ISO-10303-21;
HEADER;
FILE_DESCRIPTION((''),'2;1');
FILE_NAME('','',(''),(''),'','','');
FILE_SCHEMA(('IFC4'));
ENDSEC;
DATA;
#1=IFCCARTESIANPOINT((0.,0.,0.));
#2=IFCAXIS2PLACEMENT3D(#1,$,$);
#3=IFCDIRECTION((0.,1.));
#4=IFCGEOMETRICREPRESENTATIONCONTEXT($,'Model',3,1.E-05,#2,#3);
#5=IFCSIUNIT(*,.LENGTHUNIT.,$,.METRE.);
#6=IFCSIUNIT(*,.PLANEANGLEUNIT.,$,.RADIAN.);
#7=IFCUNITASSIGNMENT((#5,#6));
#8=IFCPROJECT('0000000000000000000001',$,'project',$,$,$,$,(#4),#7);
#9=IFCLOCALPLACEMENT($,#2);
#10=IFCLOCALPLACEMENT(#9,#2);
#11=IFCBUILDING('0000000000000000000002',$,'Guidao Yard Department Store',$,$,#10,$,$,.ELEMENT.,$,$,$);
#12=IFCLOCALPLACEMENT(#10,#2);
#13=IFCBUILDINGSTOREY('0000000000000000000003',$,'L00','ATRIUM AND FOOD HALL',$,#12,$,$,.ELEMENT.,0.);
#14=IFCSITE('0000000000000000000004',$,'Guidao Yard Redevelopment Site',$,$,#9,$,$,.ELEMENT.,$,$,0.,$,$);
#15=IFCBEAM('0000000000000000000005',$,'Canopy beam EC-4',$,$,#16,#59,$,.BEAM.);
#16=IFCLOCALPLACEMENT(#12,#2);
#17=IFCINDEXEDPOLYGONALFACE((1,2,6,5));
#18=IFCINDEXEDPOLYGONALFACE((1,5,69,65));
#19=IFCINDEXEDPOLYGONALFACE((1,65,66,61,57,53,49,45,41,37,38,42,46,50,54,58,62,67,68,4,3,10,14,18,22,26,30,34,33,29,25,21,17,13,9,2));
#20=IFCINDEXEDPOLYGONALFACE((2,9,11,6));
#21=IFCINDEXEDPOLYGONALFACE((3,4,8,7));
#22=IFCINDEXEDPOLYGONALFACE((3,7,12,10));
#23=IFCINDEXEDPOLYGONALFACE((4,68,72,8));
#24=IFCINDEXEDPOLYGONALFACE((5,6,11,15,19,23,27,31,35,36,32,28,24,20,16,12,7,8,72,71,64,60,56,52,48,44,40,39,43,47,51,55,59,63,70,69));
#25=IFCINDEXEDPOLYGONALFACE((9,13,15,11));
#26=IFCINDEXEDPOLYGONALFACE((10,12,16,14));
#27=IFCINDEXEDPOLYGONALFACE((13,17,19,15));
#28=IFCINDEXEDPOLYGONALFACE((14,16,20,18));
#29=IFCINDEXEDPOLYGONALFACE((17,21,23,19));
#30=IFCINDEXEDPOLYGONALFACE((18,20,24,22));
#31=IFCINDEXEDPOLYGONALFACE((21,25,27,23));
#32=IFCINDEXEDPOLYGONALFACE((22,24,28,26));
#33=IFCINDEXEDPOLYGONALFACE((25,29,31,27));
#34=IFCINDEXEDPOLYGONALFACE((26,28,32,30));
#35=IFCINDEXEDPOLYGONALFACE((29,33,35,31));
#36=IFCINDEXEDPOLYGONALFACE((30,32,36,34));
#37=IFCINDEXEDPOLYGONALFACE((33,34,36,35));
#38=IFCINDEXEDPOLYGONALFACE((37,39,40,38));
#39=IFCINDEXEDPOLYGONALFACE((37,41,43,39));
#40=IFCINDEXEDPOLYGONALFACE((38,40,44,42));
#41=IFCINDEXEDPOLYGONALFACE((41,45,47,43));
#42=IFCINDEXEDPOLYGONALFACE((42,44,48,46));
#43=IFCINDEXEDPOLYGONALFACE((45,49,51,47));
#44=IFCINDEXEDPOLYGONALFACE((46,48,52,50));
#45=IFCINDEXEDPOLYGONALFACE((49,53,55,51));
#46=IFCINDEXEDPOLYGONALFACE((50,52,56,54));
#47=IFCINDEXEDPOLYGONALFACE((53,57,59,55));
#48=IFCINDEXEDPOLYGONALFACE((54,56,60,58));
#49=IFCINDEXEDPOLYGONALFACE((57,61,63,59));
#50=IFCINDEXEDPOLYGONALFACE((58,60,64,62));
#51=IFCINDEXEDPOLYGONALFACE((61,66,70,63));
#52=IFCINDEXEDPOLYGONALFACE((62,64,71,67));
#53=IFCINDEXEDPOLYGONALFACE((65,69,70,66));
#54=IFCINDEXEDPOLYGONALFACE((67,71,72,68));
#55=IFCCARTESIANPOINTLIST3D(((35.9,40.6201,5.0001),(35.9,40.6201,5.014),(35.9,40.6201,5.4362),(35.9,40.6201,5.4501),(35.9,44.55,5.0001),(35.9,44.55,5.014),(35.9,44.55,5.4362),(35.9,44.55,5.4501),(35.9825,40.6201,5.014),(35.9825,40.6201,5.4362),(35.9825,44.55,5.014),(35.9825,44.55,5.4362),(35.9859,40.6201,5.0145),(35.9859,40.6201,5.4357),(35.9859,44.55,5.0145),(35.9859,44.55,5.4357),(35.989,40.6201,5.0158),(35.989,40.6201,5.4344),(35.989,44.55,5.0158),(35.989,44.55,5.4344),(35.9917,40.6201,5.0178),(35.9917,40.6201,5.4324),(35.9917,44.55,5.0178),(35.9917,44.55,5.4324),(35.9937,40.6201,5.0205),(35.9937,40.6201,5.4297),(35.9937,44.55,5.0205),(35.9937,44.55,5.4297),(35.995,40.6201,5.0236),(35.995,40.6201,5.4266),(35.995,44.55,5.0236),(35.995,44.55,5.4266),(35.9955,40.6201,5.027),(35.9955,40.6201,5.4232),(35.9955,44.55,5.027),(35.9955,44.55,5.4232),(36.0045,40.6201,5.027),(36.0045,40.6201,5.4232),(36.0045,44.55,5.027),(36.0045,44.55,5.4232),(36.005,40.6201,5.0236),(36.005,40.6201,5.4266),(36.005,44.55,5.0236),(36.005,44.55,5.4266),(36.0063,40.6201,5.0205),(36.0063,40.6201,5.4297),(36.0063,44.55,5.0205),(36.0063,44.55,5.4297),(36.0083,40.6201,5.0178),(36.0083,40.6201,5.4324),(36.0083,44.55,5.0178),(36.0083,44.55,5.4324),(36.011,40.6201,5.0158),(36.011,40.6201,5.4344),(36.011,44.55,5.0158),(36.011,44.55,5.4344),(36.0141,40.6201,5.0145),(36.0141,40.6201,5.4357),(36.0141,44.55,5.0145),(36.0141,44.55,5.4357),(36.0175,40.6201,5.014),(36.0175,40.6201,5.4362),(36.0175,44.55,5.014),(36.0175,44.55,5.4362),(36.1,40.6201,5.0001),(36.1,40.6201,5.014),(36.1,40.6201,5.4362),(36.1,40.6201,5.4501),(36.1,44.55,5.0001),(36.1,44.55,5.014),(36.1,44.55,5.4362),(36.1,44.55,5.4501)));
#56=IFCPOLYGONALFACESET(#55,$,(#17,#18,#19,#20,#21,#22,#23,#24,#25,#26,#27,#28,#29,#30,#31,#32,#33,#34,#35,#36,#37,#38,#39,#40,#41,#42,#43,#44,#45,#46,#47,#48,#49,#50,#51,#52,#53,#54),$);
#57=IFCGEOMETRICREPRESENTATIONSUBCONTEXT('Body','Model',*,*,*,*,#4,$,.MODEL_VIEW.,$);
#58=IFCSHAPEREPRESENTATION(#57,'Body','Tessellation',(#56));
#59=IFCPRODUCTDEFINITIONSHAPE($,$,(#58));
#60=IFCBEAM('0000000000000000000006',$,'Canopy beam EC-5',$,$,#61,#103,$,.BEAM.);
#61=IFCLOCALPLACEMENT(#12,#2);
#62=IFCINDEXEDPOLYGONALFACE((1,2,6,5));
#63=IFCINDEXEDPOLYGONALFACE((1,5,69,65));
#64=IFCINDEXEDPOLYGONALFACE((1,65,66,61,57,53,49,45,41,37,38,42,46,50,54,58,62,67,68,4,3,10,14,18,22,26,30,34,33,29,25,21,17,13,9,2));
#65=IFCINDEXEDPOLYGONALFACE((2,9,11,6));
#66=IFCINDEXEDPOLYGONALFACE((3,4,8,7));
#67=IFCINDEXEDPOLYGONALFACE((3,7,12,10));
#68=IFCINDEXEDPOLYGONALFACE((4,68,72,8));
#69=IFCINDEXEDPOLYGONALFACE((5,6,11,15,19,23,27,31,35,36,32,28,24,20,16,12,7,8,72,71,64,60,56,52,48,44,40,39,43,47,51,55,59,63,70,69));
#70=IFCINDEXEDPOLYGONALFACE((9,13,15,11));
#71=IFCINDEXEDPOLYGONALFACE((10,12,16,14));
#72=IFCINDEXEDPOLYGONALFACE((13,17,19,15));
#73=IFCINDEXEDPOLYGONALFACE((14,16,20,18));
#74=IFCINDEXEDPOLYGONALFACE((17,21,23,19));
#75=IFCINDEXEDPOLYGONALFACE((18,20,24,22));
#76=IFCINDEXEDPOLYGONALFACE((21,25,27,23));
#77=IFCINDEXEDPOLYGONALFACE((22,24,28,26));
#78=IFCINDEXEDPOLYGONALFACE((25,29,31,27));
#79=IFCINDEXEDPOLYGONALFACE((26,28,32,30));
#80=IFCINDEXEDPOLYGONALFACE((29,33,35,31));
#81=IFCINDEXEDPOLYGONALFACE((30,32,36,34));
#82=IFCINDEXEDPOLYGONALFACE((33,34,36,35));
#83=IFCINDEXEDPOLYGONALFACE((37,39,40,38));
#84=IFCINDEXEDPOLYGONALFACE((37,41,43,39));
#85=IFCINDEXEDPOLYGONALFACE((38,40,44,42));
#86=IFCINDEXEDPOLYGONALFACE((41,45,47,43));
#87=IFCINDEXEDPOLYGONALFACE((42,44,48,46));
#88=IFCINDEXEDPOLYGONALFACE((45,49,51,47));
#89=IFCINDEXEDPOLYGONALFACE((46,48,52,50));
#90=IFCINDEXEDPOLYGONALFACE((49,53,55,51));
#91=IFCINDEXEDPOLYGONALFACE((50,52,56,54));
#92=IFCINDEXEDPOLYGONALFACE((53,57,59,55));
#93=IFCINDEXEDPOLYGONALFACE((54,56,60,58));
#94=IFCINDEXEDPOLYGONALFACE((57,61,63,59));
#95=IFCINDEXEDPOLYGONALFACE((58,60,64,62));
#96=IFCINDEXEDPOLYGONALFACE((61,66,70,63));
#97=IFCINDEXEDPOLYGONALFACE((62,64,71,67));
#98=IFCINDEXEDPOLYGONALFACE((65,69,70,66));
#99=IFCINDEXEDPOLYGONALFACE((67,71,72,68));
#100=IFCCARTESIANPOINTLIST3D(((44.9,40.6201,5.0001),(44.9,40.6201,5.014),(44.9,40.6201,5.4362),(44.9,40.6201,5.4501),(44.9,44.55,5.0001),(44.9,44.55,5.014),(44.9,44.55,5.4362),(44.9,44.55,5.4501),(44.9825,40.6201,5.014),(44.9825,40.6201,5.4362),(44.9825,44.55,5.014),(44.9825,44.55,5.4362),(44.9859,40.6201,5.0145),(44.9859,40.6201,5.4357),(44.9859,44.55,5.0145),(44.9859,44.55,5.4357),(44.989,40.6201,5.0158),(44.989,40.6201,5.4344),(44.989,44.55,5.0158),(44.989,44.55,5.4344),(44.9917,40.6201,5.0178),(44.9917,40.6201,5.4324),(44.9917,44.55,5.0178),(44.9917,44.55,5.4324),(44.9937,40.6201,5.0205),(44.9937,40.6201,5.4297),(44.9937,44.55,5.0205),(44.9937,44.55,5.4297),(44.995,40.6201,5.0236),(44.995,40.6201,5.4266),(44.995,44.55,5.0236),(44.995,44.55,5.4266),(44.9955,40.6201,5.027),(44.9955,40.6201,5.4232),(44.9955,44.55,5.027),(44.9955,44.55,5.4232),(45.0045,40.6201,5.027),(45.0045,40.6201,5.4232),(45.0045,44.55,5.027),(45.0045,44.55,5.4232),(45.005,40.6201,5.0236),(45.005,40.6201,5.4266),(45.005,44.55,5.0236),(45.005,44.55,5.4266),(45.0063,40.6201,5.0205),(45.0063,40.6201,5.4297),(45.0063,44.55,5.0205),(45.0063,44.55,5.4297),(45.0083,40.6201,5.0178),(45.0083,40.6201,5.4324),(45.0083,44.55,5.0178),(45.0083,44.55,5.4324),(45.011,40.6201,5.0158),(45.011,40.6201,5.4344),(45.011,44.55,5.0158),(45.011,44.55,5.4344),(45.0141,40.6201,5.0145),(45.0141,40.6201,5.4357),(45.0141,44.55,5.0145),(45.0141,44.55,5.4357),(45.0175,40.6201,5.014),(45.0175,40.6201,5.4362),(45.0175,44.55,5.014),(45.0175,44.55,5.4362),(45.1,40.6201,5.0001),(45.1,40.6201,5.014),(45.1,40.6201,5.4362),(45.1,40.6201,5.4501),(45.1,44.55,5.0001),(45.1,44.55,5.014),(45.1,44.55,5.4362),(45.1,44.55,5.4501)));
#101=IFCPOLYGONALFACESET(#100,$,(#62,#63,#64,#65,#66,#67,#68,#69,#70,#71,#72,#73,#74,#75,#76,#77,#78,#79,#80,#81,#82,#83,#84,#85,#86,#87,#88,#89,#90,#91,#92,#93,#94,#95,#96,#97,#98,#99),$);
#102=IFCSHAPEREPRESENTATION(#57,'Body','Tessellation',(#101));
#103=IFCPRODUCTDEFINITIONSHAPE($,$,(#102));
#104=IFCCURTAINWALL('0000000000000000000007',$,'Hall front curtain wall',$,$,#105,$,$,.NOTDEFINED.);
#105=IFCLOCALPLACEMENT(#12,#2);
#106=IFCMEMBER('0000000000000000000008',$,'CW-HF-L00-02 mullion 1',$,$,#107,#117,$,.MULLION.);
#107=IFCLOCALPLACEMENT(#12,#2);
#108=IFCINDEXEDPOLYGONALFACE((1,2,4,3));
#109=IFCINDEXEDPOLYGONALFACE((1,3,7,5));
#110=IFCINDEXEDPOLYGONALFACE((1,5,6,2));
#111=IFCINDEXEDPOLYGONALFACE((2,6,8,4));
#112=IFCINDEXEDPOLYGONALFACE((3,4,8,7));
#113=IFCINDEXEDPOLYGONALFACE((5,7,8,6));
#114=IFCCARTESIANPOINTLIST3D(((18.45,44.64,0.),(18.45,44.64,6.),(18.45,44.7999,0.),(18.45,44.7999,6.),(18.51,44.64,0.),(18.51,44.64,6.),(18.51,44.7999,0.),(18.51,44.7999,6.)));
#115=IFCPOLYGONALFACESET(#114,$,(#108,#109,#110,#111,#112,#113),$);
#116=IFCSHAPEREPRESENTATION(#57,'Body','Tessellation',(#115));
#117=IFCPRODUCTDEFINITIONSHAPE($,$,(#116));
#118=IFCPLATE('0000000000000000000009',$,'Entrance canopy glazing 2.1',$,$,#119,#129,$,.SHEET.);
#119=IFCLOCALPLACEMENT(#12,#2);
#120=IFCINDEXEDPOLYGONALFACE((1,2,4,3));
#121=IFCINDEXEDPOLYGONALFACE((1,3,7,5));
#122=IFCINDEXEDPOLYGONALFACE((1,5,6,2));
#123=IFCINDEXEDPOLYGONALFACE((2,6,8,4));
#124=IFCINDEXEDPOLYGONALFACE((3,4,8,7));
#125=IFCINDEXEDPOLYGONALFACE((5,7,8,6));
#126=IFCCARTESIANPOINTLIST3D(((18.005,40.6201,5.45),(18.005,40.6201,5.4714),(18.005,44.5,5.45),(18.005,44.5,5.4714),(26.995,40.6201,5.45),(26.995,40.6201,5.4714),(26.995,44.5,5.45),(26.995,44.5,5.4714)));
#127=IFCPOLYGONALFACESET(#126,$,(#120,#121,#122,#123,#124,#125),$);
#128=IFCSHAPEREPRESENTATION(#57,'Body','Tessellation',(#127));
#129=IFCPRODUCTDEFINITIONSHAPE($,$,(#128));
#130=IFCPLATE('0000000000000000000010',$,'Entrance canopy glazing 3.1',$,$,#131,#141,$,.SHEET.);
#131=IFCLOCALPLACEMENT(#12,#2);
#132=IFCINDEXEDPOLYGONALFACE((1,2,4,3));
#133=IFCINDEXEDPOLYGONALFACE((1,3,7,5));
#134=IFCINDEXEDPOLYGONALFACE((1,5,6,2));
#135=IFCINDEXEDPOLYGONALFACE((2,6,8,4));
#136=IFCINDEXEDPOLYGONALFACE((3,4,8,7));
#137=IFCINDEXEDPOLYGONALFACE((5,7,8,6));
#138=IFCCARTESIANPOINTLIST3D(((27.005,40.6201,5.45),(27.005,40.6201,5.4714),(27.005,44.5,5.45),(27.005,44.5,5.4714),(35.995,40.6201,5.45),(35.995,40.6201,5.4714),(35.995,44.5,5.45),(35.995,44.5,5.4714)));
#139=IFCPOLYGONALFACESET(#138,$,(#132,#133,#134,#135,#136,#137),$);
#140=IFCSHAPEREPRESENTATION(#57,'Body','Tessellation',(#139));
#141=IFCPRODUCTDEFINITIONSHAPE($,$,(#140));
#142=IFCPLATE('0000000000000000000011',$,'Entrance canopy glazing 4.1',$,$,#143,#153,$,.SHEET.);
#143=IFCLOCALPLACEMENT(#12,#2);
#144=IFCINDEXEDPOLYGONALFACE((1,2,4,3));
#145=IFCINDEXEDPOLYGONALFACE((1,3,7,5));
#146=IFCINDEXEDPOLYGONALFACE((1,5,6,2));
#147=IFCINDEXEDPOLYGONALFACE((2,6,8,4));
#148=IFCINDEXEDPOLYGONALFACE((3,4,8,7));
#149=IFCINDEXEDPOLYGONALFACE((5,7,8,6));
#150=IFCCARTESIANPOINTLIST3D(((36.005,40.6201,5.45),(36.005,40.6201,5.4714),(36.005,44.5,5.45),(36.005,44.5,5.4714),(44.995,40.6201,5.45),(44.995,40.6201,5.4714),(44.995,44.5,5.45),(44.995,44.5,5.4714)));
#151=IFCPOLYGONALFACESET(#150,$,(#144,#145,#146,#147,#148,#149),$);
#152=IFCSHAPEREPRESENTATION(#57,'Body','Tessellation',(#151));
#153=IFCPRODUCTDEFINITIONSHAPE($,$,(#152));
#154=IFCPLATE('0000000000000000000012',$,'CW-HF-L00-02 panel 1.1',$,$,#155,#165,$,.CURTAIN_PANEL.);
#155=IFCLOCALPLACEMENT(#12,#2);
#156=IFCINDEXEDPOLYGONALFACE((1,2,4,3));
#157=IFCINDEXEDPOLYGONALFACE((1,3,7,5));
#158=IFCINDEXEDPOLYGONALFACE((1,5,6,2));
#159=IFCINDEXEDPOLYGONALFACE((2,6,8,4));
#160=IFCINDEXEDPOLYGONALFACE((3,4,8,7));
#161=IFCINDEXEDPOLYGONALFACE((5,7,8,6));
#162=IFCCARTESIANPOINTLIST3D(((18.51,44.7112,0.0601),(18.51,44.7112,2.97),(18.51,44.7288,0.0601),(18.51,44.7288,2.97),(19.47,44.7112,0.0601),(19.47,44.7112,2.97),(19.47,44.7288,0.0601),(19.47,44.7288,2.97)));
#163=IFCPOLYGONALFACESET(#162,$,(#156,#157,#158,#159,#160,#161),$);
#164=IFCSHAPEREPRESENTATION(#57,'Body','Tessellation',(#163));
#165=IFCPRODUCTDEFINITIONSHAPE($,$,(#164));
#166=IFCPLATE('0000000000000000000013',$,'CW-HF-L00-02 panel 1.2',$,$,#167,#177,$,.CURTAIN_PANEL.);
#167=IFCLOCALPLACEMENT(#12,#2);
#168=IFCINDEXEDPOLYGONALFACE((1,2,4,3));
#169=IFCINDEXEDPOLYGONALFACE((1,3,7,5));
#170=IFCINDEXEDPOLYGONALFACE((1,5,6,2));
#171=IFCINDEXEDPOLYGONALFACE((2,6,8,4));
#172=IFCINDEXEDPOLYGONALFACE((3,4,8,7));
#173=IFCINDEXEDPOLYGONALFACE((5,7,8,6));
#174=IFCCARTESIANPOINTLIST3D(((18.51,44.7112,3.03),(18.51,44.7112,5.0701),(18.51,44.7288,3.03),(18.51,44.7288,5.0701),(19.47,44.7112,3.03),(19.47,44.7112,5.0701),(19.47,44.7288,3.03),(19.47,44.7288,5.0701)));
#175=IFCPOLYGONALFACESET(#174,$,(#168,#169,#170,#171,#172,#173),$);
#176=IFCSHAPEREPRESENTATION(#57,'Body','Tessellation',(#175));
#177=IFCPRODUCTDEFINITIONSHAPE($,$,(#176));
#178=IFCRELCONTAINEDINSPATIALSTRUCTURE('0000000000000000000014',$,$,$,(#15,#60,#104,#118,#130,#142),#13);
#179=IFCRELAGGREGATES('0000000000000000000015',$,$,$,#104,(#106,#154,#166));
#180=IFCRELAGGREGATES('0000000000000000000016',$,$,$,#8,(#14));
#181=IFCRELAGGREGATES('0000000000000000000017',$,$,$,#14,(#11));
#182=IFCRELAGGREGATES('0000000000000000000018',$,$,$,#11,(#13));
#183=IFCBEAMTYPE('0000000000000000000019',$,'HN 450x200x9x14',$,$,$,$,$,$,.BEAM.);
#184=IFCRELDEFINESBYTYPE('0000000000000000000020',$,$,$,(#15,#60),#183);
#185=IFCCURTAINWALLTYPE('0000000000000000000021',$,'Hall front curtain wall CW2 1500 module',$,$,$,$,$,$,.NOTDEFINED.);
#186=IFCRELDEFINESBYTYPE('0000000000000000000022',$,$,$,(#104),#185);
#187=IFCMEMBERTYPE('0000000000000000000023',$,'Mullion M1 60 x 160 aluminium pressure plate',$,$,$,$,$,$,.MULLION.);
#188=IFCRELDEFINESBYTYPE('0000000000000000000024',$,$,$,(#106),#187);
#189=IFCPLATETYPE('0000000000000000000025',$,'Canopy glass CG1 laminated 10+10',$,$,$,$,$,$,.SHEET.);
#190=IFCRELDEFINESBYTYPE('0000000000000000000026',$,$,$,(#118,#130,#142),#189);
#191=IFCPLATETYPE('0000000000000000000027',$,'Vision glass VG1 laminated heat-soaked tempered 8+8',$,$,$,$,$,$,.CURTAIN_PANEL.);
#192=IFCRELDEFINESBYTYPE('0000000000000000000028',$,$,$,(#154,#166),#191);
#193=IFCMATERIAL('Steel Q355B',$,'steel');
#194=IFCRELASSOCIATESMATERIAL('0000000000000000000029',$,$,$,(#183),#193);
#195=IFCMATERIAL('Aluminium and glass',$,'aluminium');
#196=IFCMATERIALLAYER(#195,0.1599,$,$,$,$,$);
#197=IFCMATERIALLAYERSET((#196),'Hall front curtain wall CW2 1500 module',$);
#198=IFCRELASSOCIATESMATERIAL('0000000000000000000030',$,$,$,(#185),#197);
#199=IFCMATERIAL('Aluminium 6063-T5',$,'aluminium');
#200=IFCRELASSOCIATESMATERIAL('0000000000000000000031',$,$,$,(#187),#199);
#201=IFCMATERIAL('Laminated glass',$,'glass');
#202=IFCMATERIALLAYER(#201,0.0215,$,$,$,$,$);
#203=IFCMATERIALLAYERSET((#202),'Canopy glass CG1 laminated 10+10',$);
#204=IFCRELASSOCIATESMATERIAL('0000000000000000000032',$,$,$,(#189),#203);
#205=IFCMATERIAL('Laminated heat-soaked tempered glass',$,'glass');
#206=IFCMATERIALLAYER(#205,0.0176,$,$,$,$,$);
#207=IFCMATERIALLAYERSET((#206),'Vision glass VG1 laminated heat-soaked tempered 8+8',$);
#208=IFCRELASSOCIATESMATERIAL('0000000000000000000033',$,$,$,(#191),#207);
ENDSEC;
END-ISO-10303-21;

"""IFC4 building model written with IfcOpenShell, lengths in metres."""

from ifc_helpers import new_model, si_unit, direction, frame, origin, origin_2d, place, context, subcontext, project, spatial, rectangle, i_section, extrude, material, layer, layer_set, material_profile, profile_set, type_object, element, aggregate, save


model = new_model("IFC4")

# Units and contexts
model_context = context("Model", 3, precision=1e-05, world=origin(), true_north=direction((0.0, 1.0)))
body_context = subcontext(model_context, "Body", "Model", "MODEL_VIEW")
ifc_project = project(units=[si_unit("LENGTHUNIT", "METRE"), si_unit("PLANEANGLEUNIT", "RADIAN")], contexts=[model_context])

# Site, building, storey
site_placement = place(None, origin())
site = spatial("IfcSite", under=ifc_project, at=site_placement, Name="Guidao Yard Redevelopment Site", CompositionType="ELEMENT", RefElevation=0.0)
building_placement = place(site_placement, origin())
building = spatial("IfcBuilding", under=site, at=building_placement, Name="Guidao Yard Department Store", CompositionType="ELEMENT")
storey_placement = place(building_placement, origin())
storey = spatial("IfcBuildingStorey", under=building, at=storey_placement, Name="L00", Description="ATRIUM AND FOOD HALL", CompositionType="ELEMENT", Elevation=0.0)

# Beams
ifc_material_1 = material(Name="Steel Q355B", Category="steel")
ifc_material_profile_1 = material_profile(ifc_material_1, i_section(OverallWidth=0.2, OverallDepth=0.45, WebThickness=0.009, FlangeThickness=0.0139, FilletRadius=0.0129, at=origin_2d()), Name="HN 450x200x9x14")
ifc_profile_set_1 = profile_set([ifc_material_profile_1], Name="Steel Q355B")
beam_type_1 = type_object("IfcBeamType", Name="HN 450x200x9x14", PredefinedType="BEAM", material=ifc_profile_set_1)
for number, where, z_axis, x_axis, name in (
    (1, (36.0, 40.6201, 5.2251), (0.0, 1.0, 0.0), (-1.0, 0.0, 0.0), "Canopy beam EC-4"),
    (2, (45.0, 40.6201, 5.2251), (0.0, 1.0, 0.0), (-1.0, 0.0, 0.0), "Canopy beam EC-5"),
):
    element("IfcBeam", number, at=place(storey_placement, frame(where, z_axis=z_axis, x_axis=x_axis)), inside=storey, type_object=beam_type_1, Name=name, PredefinedType="BEAM", context=body_context, shape_type="SweptSolid", body=[
        extrude(i_section(OverallWidth=0.2, OverallDepth=0.45, WebThickness=0.009, FlangeThickness=0.0139, FilletRadius=0.0129, at=origin_2d()), origin(), (0.0, 0.0, 1.0), 3.9299),
    ])

# Curtain wall, member
ifc_material_2 = material(Name="Aluminium and glass", Category="aluminium")
ifc_layer_1 = layer(ifc_material_2, 0.1599)
ifc_layer_set_1 = layer_set([ifc_layer_1], Name="Hall front curtain wall CW2 1500 module")
curtain_wall_type = type_object("IfcCurtainWallType", Name="Hall front curtain wall CW2 1500 module", PredefinedType="NOTDEFINED", material=ifc_layer_set_1)
curtain_wall_placement = place(storey_placement, origin())
curtain_wall = element("IfcCurtainWall", 3, at=curtain_wall_placement, inside=storey, type_object=curtain_wall_type, Name="Hall front curtain wall", PredefinedType="NOTDEFINED")
ifc_material_3 = material(Name="Aluminium 6063-T5", Category="aluminium")
ifc_material_profile_2 = material_profile(ifc_material_3, rectangle(XDim=0.0601, YDim=0.1599, at=origin_2d()), Name="Mullion M1 60 x 160 aluminium pressure plate")
ifc_profile_set_2 = profile_set([ifc_material_profile_2], Name="Aluminium 6063-T5")
member_type = type_object("IfcMemberType", Name="Mullion M1 60 x 160 aluminium pressure plate", PredefinedType="MULLION", material=ifc_profile_set_2)
member_placement = place(storey_placement, frame((18.48, 44.72, 0.0), z_axis=(0.0, 0.0, 1.0), x_axis=(-1.0, 0.0, 0.0)))
member = element("IfcMember", 4, at=member_placement, type_object=member_type, Name="CW-HF-L00-02 mullion 1", PredefinedType="MULLION", context=body_context, shape_type="SweptSolid", body=[
    extrude(rectangle(XDim=0.0601, YDim=0.1599, at=origin_2d()), origin(), (0.0, 0.0, 1.0), 6.0),
])

# Plates
ifc_material_4 = material(Name="Laminated glass", Category="glass")
ifc_layer_2 = layer(ifc_material_4, 0.0215)
ifc_layer_set_2 = layer_set([ifc_layer_2], Name="Canopy glass CG1 laminated 10+10")
plate_type_1 = type_object("IfcPlateType", Name="Canopy glass CG1 laminated 10+10", PredefinedType="SHEET", material=ifc_layer_set_2)
for number, where, z_axis, x_axis, name in (
    (5, (22.5, 42.5601, 5.45), (0.0, 0.0, 1.0), (1.0, 0.0, 0.0), "Entrance canopy glazing 2.1"),
    (6, (31.5, 42.5601, 5.45), (0.0, 0.0, 1.0), (1.0, 0.0, 0.0), "Entrance canopy glazing 3.1"),
    (7, (40.5, 42.5601, 5.45), (0.0, 0.0, 1.0), (1.0, 0.0, 0.0), "Entrance canopy glazing 4.1"),
):
    element("IfcPlate", number, at=place(storey_placement, frame(where, z_axis=z_axis, x_axis=x_axis)), inside=storey, type_object=plate_type_1, Name=name, PredefinedType="SHEET", context=body_context, shape_type="SweptSolid", body=[
        extrude(rectangle(XDim=8.99, YDim=3.8799, at=origin_2d()), origin(), (0.0, 0.0, 1.0), 0.0215),
    ])

# Plates
ifc_material_5 = material(Name="Laminated heat-soaked tempered glass", Category="glass")
ifc_layer_3 = layer(ifc_material_5, 0.0176)
ifc_layer_set_3 = layer_set([ifc_layer_3], Name="Vision glass VG1 laminated heat-soaked tempered 8+8")
plate_type_2 = type_object("IfcPlateType", Name="Vision glass VG1 laminated heat-soaked tempered 8+8", PredefinedType="CURTAIN_PANEL", material=ifc_layer_set_3)
plate_1_placement = place(storey_placement, frame((18.99, 44.72, 0.0601), z_axis=(0.0, 0.0, 1.0), x_axis=(-1.0, 0.0, 0.0)))
plate_1 = element("IfcPlate", 8, at=plate_1_placement, type_object=plate_type_2, Name="CW-HF-L00-02 panel 1.1", PredefinedType="CURTAIN_PANEL", context=body_context, shape_type="SweptSolid", body=[
    extrude(rectangle(XDim=0.96, YDim=0.0176, at=origin_2d()), origin(), (0.0, 0.0, 1.0), 2.9099),
])
plate_2_placement = place(storey_placement, frame((18.99, 44.72, 3.03), z_axis=(0.0, 0.0, 1.0), x_axis=(-1.0, 0.0, 0.0)))
plate_2 = element("IfcPlate", 9, at=plate_2_placement, type_object=plate_type_2, Name="CW-HF-L00-02 panel 1.2", PredefinedType="CURTAIN_PANEL", context=body_context, shape_type="SweptSolid", body=[
    extrude(rectangle(XDim=0.96, YDim=0.0176, at=origin_2d()), origin(), (0.0, 0.0, 1.0), 2.04),
])
aggregate(curtain_wall, [member, plate_1, plate_2])

save(model, "model.ifc")
